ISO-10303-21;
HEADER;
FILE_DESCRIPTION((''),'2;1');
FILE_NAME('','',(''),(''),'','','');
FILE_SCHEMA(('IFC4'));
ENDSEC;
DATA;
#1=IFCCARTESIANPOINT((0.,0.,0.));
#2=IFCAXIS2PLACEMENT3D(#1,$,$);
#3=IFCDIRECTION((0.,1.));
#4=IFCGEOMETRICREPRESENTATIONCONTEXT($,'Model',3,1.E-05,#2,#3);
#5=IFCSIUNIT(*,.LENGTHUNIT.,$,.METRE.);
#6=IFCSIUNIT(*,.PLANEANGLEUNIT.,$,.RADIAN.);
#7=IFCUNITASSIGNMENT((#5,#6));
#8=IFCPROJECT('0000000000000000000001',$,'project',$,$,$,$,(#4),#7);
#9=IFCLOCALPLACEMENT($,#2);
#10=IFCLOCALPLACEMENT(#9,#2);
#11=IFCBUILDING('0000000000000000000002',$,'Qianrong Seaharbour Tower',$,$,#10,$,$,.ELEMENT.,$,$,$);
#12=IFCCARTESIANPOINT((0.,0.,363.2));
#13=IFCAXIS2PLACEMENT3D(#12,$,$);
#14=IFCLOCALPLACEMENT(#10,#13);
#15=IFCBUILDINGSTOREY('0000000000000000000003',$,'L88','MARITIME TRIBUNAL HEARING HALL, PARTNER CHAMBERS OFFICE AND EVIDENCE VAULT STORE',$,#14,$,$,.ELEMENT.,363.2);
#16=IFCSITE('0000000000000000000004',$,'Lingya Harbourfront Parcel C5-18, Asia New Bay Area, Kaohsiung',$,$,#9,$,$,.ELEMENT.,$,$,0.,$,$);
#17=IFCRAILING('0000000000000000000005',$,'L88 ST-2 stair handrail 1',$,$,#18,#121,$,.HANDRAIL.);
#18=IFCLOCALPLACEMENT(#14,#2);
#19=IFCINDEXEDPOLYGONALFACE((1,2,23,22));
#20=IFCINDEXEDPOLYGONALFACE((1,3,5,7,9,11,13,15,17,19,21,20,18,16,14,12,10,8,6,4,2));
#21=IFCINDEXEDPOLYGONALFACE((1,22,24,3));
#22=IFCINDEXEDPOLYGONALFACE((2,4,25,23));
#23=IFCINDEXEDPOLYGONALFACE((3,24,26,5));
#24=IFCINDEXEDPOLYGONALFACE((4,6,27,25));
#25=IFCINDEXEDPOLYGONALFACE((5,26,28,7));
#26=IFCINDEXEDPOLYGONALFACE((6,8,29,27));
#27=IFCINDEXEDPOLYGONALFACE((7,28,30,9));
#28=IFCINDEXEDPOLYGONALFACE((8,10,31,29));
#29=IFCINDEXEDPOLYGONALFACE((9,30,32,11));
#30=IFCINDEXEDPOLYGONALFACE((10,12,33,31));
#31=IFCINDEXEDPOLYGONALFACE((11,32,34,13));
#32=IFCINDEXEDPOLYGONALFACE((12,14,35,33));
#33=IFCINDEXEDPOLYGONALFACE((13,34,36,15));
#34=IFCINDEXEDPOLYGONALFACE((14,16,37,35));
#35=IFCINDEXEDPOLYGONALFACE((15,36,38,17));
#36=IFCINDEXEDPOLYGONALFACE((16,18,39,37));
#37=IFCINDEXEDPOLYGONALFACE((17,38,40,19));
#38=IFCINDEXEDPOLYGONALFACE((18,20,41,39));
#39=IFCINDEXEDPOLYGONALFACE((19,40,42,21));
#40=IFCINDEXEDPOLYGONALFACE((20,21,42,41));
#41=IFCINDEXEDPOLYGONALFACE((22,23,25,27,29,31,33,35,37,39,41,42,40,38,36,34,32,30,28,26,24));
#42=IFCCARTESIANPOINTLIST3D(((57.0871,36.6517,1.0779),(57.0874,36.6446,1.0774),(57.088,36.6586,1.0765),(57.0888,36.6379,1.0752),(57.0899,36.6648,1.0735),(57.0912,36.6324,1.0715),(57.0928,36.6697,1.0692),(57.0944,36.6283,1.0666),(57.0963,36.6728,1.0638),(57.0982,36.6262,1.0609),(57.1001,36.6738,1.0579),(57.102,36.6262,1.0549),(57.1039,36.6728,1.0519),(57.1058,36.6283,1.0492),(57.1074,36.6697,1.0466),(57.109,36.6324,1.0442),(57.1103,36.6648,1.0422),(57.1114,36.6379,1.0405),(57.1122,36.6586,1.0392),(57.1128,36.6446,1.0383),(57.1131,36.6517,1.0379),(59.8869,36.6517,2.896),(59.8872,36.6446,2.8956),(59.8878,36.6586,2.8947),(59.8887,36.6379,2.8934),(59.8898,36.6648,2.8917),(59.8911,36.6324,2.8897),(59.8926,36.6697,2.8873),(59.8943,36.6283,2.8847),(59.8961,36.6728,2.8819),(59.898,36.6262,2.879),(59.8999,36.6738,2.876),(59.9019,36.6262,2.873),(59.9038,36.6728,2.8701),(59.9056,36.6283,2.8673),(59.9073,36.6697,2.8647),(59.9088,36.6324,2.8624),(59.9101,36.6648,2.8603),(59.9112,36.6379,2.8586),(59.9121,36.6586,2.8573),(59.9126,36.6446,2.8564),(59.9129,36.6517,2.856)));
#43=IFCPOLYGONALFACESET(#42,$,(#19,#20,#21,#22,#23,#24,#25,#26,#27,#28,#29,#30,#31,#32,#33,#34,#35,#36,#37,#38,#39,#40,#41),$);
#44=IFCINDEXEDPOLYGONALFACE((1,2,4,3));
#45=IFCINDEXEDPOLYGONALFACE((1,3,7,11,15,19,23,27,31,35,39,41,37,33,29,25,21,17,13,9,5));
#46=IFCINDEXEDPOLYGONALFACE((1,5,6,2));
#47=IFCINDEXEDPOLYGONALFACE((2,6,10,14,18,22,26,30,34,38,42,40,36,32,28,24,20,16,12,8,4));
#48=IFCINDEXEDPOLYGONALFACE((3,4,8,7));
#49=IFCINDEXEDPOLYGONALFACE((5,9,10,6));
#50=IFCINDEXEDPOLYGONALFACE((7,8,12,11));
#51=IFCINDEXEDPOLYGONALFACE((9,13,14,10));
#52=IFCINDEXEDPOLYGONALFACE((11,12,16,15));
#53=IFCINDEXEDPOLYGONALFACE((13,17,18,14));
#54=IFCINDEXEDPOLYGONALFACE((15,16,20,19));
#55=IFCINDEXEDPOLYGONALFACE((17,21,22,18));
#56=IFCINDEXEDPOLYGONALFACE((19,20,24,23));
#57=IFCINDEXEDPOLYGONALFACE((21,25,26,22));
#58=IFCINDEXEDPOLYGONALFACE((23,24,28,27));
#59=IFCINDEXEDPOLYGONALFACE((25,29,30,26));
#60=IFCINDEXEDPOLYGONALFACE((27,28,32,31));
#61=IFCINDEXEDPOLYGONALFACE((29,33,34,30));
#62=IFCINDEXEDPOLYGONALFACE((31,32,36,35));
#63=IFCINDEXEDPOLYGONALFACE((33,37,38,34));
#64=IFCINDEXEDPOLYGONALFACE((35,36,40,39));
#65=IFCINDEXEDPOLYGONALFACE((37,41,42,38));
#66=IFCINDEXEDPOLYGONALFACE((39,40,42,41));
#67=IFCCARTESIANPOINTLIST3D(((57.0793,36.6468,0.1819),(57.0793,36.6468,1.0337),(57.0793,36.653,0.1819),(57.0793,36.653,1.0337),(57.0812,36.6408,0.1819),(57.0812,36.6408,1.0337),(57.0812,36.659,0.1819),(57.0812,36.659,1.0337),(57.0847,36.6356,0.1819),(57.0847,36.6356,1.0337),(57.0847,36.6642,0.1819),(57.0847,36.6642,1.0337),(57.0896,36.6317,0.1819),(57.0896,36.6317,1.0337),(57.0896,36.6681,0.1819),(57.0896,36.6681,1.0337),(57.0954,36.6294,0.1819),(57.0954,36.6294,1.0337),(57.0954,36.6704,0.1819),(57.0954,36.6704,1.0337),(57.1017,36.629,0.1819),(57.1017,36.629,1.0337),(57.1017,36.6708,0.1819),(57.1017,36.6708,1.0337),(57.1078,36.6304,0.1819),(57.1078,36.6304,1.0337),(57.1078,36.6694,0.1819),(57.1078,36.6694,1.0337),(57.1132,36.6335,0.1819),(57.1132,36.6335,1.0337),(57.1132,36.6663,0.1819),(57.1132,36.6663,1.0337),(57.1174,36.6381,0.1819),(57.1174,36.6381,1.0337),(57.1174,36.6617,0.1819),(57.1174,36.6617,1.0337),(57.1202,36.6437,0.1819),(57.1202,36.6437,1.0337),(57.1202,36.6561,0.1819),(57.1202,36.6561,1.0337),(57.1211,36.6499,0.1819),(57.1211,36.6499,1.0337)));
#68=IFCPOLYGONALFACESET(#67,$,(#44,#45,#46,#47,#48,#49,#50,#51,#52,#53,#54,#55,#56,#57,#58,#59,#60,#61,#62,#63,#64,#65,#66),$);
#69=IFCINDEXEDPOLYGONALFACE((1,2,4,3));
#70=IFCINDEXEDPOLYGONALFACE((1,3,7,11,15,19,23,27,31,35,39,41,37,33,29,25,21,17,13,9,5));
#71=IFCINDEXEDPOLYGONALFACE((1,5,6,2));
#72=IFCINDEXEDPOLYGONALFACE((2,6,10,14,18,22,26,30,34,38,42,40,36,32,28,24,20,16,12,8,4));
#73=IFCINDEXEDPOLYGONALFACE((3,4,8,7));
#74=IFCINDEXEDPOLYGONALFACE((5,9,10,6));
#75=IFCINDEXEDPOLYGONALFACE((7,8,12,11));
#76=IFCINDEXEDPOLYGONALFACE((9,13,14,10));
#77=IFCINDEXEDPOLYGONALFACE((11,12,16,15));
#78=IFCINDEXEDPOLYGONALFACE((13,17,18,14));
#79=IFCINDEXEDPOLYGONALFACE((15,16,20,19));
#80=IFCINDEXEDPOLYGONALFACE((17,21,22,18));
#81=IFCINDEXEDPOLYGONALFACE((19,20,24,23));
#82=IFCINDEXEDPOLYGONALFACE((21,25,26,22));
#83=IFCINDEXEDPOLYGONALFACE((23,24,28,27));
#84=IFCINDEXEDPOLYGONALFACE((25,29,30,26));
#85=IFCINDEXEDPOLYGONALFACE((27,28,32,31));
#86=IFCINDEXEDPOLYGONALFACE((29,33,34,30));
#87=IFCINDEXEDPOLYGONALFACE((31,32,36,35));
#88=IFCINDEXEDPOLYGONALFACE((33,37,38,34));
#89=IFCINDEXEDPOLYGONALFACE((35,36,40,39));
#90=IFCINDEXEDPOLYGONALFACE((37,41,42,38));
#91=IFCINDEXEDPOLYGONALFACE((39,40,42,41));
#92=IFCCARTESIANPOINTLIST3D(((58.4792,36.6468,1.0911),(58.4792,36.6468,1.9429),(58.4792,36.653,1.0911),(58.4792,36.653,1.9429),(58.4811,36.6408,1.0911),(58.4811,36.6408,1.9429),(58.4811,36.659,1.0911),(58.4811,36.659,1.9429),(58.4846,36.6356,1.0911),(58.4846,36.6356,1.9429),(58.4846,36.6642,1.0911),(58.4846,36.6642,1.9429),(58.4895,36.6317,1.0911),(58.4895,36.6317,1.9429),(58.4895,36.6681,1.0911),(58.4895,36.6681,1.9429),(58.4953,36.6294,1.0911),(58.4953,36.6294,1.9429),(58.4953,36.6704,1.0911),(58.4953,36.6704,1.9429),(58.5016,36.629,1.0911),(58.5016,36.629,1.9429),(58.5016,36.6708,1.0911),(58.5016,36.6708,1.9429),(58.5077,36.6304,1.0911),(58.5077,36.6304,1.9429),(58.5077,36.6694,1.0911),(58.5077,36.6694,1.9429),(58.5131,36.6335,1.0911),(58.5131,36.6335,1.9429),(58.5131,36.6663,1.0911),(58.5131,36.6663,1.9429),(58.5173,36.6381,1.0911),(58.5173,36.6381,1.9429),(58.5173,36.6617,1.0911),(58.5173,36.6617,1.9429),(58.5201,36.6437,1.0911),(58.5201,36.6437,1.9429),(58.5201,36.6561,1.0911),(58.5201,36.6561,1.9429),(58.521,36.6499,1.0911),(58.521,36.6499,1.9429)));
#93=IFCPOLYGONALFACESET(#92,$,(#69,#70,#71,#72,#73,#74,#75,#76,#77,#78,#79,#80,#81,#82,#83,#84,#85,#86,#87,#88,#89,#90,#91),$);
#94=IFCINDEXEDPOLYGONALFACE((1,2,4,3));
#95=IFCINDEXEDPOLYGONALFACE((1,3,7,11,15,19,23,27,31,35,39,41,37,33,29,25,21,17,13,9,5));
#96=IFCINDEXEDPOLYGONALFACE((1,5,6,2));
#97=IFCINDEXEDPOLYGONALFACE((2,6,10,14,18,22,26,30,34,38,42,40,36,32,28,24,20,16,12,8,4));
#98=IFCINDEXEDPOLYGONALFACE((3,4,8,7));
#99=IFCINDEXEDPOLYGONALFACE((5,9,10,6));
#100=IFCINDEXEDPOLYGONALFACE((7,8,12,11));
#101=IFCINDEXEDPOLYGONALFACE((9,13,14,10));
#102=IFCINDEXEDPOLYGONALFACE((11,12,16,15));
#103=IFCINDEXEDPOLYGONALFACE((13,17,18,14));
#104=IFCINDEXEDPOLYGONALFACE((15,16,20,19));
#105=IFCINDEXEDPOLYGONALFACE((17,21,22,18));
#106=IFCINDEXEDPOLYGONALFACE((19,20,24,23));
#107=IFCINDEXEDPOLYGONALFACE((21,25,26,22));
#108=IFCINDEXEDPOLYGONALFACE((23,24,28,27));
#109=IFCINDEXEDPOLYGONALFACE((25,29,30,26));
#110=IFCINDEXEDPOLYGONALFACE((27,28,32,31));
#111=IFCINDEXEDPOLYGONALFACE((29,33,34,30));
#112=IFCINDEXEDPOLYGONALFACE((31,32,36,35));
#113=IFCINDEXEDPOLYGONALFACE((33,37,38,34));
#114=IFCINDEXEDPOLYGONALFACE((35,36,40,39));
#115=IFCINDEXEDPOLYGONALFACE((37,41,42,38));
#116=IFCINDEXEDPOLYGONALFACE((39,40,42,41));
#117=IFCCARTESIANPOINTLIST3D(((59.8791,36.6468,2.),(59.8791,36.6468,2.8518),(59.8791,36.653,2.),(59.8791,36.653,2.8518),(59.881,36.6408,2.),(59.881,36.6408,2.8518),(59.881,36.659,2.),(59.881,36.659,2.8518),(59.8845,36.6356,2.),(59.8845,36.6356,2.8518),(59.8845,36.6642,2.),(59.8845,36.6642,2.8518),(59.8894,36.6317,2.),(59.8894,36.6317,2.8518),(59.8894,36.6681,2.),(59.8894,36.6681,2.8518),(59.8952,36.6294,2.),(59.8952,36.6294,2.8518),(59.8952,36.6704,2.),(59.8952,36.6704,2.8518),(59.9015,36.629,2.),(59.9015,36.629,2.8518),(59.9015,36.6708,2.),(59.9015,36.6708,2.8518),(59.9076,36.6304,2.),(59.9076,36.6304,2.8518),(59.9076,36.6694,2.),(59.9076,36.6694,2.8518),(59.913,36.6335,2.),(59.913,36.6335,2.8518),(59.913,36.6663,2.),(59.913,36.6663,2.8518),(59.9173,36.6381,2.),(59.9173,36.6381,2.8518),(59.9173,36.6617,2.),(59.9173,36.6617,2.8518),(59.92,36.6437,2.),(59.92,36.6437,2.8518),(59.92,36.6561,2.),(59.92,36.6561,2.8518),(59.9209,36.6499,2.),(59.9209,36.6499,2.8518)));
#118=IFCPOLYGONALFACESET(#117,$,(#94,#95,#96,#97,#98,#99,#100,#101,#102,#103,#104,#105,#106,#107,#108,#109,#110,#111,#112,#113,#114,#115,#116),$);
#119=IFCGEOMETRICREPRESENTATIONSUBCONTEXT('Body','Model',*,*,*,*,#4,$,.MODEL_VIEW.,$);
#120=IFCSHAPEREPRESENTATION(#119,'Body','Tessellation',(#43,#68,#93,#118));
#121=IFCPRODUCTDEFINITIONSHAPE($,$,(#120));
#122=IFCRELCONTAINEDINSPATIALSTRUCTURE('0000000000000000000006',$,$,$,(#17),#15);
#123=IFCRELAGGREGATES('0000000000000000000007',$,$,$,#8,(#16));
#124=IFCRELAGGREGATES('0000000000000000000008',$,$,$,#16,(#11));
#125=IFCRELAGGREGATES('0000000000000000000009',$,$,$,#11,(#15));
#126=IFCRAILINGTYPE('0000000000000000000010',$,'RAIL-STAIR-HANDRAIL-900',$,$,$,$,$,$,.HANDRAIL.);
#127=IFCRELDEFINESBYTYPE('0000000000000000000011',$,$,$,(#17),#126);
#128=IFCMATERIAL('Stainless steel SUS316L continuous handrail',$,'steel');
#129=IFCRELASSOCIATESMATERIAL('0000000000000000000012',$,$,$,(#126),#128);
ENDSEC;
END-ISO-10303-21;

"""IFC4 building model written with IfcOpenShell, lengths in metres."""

from ifc_helpers import new_model, si_unit, direction, frame, origin, origin_2d, place, context, subcontext, project, spatial, circle, extrude, material, type_object, element, save


model = new_model("IFC4")

# Units and contexts
model_context = context("Model", 3, precision=1e-05, world=origin(), true_north=direction((0.0, 1.0)))
body_context = subcontext(model_context, "Body", "Model", "MODEL_VIEW")
ifc_project = project(units=[si_unit("LENGTHUNIT", "METRE"), si_unit("PLANEANGLEUNIT", "RADIAN")], contexts=[model_context])

# Site, building, storey
site_placement = place(None, origin())
site = spatial("IfcSite", under=ifc_project, at=site_placement, Name="Lingya Harbourfront Parcel C5-18, Asia New Bay Area, Kaohsiung", CompositionType="ELEMENT", RefElevation=0.0)
building_placement = place(site_placement, origin())
building = spatial("IfcBuilding", under=site, at=building_placement, Name="Qianrong Seaharbour Tower", CompositionType="ELEMENT")
storey_placement = place(building_placement, frame((0.0, 0.0, 363.2)))
storey = spatial("IfcBuildingStorey", under=building, at=storey_placement, Name="L88", Description="MARITIME TRIBUNAL HEARING HALL, PARTNER CHAMBERS OFFICE AND EVIDENCE VAULT STORE", CompositionType="ELEMENT", Elevation=363.2)

# Railing
ifc_material_1 = material(Name="Stainless steel SUS316L continuous handrail", Category="steel")
railing_type_1 = type_object("IfcRailingType", Name="RAIL-STAIR-HANDRAIL-900", PredefinedType="HANDRAIL", material=ifc_material_1)
railing_1_placement = place(storey_placement, frame((57.1001, 36.6499, 0.1819)))
element("IfcRailing", 1, at=railing_1_placement, inside=storey, type_object=railing_type_1, Name="L88 ST-2 stair handrail 1", PredefinedType="HANDRAIL", context=body_context, shape_type="SweptSolid", body=[
    extrude(circle(Radius=0.0239, at=origin_2d()), frame((0.0, 0.0, 0.876), z_axis=(0.838684, 0.0, 0.544618), x_axis=(0.0, 1.0, 0.0)), (0.0, 0.0, 1.0), 3.3384),
    extrude(circle(Radius=0.021, at=origin_2d()), origin(), (0.0, 0.0, 1.0), 0.8518),
    extrude(circle(Radius=0.021, at=origin_2d()), frame((1.3999, 0.0, 0.9092)), (0.0, 0.0, 1.0), 0.8518),
    extrude(circle(Radius=0.021, at=origin_2d()), frame((2.7998, 0.0, 1.8181)), (0.0, 0.0, 1.0), 0.8518),
])

save(model, "model.ifc")
